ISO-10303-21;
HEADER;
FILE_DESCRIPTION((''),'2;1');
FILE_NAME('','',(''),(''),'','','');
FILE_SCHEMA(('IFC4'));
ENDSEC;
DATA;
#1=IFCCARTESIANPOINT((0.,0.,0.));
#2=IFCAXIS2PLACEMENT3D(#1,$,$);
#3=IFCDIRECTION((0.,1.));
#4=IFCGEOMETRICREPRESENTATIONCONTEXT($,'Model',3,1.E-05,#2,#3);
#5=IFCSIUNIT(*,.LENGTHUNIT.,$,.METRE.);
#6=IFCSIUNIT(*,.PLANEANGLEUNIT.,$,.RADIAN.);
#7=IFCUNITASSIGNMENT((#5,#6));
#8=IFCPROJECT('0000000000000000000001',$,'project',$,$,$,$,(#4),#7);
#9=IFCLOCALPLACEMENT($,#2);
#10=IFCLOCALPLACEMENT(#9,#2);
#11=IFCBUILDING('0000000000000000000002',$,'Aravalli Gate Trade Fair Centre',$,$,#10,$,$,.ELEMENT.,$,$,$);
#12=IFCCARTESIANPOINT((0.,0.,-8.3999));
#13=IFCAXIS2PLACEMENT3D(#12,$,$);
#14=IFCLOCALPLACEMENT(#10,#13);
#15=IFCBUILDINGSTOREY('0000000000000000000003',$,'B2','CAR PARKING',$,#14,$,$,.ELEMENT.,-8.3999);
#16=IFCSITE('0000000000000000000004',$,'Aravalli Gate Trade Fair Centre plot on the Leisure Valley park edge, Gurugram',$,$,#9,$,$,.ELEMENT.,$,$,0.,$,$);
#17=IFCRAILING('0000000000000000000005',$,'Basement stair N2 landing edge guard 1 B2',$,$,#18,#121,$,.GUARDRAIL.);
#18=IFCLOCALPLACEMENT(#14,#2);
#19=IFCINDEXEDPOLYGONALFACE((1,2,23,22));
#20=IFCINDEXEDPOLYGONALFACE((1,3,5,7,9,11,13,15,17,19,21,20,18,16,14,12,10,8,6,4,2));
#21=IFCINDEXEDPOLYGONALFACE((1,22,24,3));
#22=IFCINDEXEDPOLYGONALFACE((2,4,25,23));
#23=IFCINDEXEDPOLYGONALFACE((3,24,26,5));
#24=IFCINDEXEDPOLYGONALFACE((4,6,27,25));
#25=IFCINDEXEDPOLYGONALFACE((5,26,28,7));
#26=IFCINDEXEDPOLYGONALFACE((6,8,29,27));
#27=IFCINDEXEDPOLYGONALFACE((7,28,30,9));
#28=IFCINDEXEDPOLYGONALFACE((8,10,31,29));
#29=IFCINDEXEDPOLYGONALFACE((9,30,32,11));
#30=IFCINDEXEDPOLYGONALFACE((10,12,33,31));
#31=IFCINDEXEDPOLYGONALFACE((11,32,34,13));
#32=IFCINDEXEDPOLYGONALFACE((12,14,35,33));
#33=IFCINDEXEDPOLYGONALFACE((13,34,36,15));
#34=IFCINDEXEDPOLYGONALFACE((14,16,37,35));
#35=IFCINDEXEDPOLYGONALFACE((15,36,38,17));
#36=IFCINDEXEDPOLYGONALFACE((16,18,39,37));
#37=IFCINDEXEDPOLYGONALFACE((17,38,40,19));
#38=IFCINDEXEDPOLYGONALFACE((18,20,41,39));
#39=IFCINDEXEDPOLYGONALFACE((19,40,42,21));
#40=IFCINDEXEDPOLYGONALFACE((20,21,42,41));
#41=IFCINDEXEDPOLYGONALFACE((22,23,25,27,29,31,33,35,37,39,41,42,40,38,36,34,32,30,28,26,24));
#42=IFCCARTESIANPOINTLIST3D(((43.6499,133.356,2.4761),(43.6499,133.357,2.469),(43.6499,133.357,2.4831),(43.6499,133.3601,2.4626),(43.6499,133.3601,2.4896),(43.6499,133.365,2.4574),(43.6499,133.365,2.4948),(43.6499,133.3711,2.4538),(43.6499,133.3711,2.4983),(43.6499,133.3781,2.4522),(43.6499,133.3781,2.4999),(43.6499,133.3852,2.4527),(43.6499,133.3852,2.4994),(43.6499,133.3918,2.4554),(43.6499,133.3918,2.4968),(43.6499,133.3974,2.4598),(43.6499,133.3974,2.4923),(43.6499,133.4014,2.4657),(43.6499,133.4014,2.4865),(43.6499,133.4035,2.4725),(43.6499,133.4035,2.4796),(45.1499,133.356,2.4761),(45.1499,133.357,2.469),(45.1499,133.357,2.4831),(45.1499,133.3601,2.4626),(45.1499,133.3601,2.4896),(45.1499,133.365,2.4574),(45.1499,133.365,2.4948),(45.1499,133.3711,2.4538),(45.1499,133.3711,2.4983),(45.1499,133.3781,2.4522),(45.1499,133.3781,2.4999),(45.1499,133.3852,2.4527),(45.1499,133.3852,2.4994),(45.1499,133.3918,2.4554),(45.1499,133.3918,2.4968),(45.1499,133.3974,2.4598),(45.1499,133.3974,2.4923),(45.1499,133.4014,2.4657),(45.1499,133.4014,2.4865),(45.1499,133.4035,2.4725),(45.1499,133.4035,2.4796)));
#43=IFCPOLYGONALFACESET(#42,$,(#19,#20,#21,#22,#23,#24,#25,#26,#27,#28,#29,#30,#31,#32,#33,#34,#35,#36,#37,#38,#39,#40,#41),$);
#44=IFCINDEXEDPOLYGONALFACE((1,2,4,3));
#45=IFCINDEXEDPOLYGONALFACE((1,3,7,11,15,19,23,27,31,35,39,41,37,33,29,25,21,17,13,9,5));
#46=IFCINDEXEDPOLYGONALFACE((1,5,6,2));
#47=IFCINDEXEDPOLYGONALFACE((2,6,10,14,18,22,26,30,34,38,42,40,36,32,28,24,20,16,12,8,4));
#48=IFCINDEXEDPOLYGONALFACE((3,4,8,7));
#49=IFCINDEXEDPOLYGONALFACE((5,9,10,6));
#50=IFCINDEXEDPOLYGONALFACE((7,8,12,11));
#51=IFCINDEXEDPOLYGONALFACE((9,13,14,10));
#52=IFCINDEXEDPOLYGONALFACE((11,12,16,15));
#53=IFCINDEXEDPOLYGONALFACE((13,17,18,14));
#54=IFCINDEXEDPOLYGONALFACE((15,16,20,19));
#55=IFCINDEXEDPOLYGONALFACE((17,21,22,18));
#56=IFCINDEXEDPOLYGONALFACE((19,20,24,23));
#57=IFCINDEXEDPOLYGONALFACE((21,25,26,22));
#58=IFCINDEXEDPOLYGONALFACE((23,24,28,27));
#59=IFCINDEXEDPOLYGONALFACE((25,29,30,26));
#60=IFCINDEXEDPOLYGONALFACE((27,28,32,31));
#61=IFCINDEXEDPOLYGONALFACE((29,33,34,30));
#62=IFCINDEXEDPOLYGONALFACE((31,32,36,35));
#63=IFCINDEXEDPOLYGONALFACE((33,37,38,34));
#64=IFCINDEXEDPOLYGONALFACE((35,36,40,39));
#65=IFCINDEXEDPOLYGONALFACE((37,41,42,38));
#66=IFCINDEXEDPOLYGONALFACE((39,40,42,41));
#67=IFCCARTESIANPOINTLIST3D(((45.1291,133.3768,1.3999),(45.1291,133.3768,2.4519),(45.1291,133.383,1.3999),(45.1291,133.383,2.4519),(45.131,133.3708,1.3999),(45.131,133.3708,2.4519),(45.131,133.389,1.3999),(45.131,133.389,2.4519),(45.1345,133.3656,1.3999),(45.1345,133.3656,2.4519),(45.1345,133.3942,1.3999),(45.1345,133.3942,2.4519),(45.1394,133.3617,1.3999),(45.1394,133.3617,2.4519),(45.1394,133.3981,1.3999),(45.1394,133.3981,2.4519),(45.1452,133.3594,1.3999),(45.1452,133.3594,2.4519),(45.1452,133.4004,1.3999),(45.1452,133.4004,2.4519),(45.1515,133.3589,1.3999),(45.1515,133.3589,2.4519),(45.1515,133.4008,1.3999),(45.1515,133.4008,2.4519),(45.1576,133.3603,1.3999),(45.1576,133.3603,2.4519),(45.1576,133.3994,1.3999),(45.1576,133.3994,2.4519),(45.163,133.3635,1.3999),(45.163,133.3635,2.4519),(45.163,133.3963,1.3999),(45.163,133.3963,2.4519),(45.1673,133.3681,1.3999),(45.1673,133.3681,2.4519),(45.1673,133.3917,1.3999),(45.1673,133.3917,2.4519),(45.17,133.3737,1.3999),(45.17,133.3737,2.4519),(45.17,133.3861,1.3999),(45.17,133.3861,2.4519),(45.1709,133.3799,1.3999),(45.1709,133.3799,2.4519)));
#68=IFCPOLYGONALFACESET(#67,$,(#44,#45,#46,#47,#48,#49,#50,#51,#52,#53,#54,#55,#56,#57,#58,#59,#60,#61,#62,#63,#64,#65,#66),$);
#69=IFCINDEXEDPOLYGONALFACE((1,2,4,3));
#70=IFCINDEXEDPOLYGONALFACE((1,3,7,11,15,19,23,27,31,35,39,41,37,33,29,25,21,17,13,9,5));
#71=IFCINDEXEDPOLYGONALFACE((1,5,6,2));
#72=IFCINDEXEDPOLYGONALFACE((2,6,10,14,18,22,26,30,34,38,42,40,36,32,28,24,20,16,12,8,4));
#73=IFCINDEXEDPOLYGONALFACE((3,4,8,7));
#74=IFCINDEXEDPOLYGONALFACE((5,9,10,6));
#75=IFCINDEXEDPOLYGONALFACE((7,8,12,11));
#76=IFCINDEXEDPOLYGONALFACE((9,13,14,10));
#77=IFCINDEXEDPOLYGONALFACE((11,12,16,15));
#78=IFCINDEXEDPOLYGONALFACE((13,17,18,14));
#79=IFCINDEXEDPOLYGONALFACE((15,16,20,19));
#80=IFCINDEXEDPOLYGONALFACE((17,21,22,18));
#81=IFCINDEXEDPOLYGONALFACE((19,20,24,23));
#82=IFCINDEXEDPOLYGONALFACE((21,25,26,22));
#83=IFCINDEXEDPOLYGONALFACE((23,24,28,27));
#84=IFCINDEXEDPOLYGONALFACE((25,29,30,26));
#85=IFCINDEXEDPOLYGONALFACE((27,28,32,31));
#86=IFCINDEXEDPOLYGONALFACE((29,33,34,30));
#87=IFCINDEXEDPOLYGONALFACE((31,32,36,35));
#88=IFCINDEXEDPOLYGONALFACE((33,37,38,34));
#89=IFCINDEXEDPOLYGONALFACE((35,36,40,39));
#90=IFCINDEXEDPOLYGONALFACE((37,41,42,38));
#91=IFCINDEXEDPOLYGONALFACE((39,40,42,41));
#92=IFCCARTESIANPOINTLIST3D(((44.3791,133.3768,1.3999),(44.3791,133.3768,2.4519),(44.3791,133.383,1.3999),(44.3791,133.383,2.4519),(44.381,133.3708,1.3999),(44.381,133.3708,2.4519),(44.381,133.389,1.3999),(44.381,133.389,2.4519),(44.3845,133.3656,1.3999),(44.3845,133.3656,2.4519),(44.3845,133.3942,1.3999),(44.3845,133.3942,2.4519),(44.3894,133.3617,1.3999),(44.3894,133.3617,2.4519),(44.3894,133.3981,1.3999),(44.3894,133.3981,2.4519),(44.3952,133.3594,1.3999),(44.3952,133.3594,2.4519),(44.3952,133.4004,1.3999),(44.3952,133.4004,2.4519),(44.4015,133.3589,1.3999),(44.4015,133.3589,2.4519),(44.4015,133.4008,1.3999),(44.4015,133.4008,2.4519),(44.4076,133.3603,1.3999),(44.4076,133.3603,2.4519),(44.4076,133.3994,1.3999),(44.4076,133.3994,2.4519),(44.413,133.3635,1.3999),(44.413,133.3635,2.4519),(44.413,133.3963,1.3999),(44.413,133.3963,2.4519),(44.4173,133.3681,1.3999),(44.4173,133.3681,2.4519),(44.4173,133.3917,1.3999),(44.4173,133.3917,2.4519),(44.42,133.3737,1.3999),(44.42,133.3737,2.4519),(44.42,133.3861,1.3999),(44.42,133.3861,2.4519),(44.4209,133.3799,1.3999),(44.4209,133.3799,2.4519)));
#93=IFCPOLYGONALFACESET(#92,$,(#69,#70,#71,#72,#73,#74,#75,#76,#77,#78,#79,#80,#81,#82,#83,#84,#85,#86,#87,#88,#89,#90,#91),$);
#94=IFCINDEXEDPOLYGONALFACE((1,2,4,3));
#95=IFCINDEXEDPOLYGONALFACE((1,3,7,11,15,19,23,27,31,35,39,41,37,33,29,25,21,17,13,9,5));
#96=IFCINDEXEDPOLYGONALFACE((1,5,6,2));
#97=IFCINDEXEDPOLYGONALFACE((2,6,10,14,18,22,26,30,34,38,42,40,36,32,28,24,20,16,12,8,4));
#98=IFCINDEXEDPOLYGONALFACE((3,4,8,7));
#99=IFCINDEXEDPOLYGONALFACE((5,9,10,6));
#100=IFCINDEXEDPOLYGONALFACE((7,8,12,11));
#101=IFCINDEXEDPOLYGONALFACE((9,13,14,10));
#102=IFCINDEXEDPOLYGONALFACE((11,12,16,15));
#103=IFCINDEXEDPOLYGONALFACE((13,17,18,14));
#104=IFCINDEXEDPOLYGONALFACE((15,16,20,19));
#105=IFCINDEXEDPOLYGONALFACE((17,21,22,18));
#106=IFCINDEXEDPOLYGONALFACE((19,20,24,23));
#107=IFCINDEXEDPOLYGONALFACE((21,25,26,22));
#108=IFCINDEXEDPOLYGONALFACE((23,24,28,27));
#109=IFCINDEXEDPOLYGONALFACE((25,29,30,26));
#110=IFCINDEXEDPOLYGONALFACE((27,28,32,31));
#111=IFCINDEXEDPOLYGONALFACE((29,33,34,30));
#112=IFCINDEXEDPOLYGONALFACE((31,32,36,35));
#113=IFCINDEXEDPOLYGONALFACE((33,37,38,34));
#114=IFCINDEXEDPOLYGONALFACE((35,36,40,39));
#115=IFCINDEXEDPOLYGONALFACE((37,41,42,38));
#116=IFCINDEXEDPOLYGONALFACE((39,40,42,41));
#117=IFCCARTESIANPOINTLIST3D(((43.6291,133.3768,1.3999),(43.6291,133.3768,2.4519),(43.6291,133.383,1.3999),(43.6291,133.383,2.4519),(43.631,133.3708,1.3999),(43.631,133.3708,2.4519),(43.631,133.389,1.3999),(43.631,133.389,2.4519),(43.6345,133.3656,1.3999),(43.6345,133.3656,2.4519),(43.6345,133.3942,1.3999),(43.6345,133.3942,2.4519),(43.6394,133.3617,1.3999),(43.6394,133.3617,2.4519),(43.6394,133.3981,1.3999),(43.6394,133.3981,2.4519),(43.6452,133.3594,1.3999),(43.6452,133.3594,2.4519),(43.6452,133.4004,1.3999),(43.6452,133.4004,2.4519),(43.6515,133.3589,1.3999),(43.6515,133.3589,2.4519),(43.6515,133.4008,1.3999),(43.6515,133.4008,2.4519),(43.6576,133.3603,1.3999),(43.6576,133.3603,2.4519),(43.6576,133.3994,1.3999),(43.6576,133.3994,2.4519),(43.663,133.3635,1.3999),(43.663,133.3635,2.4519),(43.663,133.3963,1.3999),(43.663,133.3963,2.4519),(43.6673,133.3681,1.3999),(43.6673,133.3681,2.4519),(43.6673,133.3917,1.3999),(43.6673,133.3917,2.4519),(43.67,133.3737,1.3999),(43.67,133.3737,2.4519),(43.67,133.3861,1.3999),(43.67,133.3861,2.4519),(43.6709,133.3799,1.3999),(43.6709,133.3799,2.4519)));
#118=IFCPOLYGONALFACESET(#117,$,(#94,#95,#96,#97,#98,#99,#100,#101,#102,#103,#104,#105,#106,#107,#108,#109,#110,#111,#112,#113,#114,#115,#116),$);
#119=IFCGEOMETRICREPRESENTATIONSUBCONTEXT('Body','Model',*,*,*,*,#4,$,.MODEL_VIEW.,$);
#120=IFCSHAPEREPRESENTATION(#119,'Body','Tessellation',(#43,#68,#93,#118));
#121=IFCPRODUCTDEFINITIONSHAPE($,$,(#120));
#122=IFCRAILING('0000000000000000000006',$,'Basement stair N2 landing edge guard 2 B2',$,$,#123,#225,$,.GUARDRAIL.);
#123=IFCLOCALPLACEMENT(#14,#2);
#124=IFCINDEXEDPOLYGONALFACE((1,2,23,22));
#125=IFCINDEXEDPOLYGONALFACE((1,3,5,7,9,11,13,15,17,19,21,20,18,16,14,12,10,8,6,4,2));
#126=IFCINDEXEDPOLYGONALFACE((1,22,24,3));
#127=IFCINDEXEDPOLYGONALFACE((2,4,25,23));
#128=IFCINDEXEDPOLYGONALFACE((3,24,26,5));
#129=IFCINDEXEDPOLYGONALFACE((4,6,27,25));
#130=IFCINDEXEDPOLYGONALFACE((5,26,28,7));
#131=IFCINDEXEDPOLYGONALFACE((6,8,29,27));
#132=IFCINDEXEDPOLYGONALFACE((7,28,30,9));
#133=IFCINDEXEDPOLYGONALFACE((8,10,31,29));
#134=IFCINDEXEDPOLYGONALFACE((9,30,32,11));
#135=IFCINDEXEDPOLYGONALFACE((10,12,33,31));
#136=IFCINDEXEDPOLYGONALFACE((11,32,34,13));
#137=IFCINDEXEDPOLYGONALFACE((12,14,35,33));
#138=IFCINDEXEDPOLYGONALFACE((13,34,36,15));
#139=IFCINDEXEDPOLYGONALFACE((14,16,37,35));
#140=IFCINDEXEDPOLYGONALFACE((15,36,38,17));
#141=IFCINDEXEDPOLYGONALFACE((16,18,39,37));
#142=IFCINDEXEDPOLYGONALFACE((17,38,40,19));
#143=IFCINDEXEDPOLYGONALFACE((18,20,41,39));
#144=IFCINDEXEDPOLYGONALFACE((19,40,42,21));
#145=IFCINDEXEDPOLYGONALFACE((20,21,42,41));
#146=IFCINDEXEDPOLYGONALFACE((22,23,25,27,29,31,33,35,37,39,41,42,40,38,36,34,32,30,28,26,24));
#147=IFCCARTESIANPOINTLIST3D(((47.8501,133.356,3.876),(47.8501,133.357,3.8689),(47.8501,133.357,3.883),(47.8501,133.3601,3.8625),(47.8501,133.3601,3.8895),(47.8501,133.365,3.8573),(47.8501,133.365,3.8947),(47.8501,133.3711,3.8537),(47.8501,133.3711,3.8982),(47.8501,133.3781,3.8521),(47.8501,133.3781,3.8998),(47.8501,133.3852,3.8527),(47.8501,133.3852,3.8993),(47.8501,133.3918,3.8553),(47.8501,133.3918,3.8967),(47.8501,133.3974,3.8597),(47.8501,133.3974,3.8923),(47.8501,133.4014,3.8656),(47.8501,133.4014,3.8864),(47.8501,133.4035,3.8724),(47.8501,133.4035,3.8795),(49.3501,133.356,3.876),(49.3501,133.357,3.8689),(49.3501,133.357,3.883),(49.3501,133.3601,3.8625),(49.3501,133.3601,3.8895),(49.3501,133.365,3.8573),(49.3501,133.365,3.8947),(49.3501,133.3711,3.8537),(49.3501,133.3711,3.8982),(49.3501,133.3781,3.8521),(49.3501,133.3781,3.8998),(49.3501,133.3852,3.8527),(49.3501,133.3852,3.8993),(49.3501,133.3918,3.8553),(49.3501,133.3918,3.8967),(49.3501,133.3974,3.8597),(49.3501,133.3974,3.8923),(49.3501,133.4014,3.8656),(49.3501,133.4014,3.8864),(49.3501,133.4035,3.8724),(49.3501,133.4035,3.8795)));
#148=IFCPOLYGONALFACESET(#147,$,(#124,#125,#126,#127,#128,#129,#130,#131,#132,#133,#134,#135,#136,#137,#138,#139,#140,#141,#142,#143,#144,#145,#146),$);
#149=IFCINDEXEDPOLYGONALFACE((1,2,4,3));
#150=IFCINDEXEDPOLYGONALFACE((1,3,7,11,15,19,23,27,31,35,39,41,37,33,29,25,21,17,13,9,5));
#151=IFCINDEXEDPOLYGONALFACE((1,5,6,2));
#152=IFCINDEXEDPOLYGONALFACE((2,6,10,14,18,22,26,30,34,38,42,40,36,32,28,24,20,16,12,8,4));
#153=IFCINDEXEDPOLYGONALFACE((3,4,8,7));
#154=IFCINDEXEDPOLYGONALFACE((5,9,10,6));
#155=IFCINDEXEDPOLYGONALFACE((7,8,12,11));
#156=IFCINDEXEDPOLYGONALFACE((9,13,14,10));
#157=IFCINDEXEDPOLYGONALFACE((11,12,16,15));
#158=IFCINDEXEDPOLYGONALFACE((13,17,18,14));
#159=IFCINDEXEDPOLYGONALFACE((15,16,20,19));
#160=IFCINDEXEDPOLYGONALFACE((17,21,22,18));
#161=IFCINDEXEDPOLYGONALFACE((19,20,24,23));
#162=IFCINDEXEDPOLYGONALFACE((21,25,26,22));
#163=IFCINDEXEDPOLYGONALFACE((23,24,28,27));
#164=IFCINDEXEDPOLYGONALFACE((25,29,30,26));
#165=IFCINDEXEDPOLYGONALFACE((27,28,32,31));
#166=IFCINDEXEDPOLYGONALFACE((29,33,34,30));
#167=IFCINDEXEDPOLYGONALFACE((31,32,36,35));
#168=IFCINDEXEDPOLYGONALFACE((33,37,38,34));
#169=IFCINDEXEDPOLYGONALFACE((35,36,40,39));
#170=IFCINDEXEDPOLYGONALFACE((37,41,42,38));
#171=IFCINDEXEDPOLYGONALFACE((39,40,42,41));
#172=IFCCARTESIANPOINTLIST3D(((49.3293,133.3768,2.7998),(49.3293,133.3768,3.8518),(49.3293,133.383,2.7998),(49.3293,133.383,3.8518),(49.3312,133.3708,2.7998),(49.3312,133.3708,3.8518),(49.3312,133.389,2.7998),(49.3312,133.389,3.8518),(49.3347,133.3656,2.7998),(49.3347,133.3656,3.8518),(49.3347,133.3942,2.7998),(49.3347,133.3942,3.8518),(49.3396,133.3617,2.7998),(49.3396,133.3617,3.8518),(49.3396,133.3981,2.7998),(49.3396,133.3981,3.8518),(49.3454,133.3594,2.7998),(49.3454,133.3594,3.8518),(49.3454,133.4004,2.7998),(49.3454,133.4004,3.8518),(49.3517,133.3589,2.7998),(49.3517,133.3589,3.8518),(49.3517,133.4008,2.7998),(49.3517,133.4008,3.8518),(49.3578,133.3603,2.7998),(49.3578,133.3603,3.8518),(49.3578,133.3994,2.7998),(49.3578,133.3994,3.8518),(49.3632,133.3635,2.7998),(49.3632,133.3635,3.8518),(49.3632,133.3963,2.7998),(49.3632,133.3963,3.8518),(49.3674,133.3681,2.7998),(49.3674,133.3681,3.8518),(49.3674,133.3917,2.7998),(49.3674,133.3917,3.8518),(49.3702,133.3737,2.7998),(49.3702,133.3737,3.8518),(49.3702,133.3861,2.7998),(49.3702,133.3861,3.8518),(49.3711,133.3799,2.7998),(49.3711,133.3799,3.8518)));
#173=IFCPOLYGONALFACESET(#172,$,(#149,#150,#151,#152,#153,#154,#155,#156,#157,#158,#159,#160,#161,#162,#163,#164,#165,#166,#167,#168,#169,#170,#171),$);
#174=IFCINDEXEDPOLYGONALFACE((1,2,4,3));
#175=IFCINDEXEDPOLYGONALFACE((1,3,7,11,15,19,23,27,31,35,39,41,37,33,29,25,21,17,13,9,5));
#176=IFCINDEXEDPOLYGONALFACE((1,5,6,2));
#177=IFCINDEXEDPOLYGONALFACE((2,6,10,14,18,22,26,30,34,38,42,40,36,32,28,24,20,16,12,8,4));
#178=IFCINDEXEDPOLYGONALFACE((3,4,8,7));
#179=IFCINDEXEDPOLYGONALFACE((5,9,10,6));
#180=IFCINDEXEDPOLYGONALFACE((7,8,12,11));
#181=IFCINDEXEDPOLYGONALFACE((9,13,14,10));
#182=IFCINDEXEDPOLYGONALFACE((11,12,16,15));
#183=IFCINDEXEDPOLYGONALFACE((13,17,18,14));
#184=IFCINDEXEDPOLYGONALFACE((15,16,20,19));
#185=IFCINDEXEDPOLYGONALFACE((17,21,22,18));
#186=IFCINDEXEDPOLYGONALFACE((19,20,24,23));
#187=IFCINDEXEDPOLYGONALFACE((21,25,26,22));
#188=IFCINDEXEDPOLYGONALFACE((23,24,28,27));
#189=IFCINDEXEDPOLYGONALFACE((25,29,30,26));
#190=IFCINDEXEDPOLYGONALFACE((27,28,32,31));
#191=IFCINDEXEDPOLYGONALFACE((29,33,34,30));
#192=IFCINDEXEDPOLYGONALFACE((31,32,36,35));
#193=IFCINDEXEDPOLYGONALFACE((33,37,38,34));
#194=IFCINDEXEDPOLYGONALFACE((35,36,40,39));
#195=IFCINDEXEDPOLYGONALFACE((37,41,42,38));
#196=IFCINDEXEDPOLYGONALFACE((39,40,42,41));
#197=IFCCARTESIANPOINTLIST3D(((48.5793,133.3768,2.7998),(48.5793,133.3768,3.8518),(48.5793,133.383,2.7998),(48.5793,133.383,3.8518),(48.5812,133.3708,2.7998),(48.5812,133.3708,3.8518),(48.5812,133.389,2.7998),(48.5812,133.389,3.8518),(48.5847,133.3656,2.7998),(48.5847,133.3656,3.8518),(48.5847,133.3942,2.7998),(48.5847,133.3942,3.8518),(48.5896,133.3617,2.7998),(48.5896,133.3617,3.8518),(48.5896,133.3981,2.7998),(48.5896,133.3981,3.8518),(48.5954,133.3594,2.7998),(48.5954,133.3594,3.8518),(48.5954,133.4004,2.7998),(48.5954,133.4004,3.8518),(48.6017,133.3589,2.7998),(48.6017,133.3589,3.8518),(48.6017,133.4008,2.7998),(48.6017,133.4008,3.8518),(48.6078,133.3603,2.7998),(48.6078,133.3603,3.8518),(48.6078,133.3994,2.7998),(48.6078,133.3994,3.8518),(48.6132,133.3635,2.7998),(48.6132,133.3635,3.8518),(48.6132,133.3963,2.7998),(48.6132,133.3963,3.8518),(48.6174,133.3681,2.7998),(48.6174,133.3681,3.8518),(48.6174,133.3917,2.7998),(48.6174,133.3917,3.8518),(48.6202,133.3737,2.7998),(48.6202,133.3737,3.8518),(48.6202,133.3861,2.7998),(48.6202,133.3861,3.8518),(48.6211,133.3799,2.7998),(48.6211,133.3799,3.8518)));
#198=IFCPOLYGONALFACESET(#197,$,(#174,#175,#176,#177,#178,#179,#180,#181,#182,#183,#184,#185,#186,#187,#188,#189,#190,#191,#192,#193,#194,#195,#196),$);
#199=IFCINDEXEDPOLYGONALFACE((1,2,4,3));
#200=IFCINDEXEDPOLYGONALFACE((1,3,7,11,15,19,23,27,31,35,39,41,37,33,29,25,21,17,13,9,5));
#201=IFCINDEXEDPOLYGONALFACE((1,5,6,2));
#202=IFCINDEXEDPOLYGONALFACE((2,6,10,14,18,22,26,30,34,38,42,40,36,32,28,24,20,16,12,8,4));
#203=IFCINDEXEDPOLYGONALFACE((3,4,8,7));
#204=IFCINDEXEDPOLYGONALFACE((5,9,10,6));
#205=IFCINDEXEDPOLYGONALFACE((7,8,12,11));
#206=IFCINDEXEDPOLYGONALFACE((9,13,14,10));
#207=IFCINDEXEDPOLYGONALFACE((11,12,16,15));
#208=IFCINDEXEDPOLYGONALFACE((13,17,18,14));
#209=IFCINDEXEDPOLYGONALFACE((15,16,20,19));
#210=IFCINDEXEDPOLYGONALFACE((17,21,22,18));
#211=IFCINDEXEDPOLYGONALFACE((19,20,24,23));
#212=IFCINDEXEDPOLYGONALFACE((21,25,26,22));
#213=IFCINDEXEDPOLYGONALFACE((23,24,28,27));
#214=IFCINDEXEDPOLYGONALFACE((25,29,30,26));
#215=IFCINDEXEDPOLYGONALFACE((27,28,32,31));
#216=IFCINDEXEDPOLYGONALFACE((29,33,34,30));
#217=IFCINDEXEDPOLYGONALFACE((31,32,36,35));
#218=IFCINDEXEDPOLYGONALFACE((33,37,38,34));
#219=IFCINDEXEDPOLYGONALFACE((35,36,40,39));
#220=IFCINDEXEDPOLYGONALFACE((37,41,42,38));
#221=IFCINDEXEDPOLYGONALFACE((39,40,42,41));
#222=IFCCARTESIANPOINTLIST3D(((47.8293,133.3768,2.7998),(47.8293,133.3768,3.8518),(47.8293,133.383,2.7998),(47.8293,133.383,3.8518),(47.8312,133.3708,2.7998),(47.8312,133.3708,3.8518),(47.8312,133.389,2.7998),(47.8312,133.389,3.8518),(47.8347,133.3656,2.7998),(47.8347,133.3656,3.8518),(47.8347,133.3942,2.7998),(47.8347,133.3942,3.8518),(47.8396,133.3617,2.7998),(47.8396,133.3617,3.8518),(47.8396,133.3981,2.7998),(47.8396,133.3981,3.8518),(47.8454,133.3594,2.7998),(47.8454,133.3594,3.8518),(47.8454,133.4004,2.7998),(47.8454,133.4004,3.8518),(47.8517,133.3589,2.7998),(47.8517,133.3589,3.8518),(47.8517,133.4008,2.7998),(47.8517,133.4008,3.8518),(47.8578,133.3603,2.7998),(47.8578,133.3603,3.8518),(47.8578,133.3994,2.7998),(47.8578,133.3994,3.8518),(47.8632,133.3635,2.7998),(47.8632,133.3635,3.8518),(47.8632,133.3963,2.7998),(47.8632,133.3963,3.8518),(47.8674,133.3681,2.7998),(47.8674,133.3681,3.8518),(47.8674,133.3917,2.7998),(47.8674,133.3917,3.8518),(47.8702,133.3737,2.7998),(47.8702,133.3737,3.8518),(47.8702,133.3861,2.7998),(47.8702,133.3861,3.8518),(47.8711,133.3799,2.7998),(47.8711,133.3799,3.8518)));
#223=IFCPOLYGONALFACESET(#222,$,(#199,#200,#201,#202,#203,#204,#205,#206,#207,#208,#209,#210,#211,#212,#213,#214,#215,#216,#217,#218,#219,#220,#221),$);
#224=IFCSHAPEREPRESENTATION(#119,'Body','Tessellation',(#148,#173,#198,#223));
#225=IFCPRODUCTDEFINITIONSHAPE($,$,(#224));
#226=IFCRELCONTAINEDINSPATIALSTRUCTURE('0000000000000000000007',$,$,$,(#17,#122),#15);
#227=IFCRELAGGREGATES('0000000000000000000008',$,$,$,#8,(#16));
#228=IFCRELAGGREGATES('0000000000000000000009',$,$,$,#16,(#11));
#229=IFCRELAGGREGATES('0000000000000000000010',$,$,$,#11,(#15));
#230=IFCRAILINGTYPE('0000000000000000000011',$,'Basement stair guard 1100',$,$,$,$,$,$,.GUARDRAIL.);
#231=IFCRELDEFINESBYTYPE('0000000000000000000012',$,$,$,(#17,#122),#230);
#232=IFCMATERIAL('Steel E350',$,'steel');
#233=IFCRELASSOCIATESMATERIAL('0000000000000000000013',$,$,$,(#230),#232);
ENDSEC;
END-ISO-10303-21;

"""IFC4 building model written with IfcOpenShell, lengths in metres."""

from ifc_helpers import new_model, si_unit, direction, frame, origin, origin_2d, place, context, subcontext, project, spatial, circle, extrude, material, type_object, element, save


model = new_model("IFC4")

# Units and contexts
model_context = context("Model", 3, precision=1e-05, world=origin(), true_north=direction((0.0, 1.0)))
body_context = subcontext(model_context, "Body", "Model", "MODEL_VIEW")
ifc_project = project(units=[si_unit("LENGTHUNIT", "METRE"), si_unit("PLANEANGLEUNIT", "RADIAN")], contexts=[model_context])

# Site, building, storey
site_placement = place(None, origin())
site = spatial("IfcSite", under=ifc_project, at=site_placement, Name="Aravalli Gate Trade Fair Centre plot on the Leisure Valley park edge, Gurugram", CompositionType="ELEMENT", RefElevation=0.0)
building_placement = place(site_placement, origin())
building = spatial("IfcBuilding", under=site, at=building_placement, Name="Aravalli Gate Trade Fair Centre", CompositionType="ELEMENT")
storey_placement = place(building_placement, frame((0.0, 0.0, -8.3999)))
storey = spatial("IfcBuildingStorey", under=building, at=storey_placement, Name="B2", Description="CAR PARKING", CompositionType="ELEMENT", Elevation=-8.3999)

# Railings
ifc_material_1 = material(Name="Steel E350", Category="steel")
railing_type_1 = type_object("IfcRailingType", Name="Basement stair guard 1100", PredefinedType="GUARDRAIL", material=ifc_material_1)
for number, where, name in (
    (1, (45.1499, 133.3799, 1.3999), "Basement stair N2 landing edge guard 1 B2"),
    (2, (49.3501, 133.3799, 2.7998), "Basement stair N2 landing edge guard 2 B2"),
):
    element("IfcRailing", number, at=place(storey_placement, frame(where)), inside=storey, type_object=railing_type_1, Name=name, PredefinedType="GUARDRAIL", context=body_context, shape_type="SweptSolid", body=[
        extrude(circle(Radius=0.0239, at=origin_2d()), frame((0.0, 0.0, 1.0762), z_axis=(-1.0, 0.0, 0.0), x_axis=(0.0, -1.0, 0.0)), (0.0, 0.0, 1.0), 1.5),
        extrude(circle(Radius=0.021, at=origin_2d()), origin(), (0.0, 0.0, 1.0), 1.052),
        extrude(circle(Radius=0.021, at=origin_2d()), frame((-0.75, 0.0, 0.0)), (0.0, 0.0, 1.0), 1.052),
        extrude(circle(Radius=0.021, at=origin_2d()), frame((-1.5, 0.0, 0.0)), (0.0, 0.0, 1.0), 1.052),
    ])

save(model, "model.ifc")
